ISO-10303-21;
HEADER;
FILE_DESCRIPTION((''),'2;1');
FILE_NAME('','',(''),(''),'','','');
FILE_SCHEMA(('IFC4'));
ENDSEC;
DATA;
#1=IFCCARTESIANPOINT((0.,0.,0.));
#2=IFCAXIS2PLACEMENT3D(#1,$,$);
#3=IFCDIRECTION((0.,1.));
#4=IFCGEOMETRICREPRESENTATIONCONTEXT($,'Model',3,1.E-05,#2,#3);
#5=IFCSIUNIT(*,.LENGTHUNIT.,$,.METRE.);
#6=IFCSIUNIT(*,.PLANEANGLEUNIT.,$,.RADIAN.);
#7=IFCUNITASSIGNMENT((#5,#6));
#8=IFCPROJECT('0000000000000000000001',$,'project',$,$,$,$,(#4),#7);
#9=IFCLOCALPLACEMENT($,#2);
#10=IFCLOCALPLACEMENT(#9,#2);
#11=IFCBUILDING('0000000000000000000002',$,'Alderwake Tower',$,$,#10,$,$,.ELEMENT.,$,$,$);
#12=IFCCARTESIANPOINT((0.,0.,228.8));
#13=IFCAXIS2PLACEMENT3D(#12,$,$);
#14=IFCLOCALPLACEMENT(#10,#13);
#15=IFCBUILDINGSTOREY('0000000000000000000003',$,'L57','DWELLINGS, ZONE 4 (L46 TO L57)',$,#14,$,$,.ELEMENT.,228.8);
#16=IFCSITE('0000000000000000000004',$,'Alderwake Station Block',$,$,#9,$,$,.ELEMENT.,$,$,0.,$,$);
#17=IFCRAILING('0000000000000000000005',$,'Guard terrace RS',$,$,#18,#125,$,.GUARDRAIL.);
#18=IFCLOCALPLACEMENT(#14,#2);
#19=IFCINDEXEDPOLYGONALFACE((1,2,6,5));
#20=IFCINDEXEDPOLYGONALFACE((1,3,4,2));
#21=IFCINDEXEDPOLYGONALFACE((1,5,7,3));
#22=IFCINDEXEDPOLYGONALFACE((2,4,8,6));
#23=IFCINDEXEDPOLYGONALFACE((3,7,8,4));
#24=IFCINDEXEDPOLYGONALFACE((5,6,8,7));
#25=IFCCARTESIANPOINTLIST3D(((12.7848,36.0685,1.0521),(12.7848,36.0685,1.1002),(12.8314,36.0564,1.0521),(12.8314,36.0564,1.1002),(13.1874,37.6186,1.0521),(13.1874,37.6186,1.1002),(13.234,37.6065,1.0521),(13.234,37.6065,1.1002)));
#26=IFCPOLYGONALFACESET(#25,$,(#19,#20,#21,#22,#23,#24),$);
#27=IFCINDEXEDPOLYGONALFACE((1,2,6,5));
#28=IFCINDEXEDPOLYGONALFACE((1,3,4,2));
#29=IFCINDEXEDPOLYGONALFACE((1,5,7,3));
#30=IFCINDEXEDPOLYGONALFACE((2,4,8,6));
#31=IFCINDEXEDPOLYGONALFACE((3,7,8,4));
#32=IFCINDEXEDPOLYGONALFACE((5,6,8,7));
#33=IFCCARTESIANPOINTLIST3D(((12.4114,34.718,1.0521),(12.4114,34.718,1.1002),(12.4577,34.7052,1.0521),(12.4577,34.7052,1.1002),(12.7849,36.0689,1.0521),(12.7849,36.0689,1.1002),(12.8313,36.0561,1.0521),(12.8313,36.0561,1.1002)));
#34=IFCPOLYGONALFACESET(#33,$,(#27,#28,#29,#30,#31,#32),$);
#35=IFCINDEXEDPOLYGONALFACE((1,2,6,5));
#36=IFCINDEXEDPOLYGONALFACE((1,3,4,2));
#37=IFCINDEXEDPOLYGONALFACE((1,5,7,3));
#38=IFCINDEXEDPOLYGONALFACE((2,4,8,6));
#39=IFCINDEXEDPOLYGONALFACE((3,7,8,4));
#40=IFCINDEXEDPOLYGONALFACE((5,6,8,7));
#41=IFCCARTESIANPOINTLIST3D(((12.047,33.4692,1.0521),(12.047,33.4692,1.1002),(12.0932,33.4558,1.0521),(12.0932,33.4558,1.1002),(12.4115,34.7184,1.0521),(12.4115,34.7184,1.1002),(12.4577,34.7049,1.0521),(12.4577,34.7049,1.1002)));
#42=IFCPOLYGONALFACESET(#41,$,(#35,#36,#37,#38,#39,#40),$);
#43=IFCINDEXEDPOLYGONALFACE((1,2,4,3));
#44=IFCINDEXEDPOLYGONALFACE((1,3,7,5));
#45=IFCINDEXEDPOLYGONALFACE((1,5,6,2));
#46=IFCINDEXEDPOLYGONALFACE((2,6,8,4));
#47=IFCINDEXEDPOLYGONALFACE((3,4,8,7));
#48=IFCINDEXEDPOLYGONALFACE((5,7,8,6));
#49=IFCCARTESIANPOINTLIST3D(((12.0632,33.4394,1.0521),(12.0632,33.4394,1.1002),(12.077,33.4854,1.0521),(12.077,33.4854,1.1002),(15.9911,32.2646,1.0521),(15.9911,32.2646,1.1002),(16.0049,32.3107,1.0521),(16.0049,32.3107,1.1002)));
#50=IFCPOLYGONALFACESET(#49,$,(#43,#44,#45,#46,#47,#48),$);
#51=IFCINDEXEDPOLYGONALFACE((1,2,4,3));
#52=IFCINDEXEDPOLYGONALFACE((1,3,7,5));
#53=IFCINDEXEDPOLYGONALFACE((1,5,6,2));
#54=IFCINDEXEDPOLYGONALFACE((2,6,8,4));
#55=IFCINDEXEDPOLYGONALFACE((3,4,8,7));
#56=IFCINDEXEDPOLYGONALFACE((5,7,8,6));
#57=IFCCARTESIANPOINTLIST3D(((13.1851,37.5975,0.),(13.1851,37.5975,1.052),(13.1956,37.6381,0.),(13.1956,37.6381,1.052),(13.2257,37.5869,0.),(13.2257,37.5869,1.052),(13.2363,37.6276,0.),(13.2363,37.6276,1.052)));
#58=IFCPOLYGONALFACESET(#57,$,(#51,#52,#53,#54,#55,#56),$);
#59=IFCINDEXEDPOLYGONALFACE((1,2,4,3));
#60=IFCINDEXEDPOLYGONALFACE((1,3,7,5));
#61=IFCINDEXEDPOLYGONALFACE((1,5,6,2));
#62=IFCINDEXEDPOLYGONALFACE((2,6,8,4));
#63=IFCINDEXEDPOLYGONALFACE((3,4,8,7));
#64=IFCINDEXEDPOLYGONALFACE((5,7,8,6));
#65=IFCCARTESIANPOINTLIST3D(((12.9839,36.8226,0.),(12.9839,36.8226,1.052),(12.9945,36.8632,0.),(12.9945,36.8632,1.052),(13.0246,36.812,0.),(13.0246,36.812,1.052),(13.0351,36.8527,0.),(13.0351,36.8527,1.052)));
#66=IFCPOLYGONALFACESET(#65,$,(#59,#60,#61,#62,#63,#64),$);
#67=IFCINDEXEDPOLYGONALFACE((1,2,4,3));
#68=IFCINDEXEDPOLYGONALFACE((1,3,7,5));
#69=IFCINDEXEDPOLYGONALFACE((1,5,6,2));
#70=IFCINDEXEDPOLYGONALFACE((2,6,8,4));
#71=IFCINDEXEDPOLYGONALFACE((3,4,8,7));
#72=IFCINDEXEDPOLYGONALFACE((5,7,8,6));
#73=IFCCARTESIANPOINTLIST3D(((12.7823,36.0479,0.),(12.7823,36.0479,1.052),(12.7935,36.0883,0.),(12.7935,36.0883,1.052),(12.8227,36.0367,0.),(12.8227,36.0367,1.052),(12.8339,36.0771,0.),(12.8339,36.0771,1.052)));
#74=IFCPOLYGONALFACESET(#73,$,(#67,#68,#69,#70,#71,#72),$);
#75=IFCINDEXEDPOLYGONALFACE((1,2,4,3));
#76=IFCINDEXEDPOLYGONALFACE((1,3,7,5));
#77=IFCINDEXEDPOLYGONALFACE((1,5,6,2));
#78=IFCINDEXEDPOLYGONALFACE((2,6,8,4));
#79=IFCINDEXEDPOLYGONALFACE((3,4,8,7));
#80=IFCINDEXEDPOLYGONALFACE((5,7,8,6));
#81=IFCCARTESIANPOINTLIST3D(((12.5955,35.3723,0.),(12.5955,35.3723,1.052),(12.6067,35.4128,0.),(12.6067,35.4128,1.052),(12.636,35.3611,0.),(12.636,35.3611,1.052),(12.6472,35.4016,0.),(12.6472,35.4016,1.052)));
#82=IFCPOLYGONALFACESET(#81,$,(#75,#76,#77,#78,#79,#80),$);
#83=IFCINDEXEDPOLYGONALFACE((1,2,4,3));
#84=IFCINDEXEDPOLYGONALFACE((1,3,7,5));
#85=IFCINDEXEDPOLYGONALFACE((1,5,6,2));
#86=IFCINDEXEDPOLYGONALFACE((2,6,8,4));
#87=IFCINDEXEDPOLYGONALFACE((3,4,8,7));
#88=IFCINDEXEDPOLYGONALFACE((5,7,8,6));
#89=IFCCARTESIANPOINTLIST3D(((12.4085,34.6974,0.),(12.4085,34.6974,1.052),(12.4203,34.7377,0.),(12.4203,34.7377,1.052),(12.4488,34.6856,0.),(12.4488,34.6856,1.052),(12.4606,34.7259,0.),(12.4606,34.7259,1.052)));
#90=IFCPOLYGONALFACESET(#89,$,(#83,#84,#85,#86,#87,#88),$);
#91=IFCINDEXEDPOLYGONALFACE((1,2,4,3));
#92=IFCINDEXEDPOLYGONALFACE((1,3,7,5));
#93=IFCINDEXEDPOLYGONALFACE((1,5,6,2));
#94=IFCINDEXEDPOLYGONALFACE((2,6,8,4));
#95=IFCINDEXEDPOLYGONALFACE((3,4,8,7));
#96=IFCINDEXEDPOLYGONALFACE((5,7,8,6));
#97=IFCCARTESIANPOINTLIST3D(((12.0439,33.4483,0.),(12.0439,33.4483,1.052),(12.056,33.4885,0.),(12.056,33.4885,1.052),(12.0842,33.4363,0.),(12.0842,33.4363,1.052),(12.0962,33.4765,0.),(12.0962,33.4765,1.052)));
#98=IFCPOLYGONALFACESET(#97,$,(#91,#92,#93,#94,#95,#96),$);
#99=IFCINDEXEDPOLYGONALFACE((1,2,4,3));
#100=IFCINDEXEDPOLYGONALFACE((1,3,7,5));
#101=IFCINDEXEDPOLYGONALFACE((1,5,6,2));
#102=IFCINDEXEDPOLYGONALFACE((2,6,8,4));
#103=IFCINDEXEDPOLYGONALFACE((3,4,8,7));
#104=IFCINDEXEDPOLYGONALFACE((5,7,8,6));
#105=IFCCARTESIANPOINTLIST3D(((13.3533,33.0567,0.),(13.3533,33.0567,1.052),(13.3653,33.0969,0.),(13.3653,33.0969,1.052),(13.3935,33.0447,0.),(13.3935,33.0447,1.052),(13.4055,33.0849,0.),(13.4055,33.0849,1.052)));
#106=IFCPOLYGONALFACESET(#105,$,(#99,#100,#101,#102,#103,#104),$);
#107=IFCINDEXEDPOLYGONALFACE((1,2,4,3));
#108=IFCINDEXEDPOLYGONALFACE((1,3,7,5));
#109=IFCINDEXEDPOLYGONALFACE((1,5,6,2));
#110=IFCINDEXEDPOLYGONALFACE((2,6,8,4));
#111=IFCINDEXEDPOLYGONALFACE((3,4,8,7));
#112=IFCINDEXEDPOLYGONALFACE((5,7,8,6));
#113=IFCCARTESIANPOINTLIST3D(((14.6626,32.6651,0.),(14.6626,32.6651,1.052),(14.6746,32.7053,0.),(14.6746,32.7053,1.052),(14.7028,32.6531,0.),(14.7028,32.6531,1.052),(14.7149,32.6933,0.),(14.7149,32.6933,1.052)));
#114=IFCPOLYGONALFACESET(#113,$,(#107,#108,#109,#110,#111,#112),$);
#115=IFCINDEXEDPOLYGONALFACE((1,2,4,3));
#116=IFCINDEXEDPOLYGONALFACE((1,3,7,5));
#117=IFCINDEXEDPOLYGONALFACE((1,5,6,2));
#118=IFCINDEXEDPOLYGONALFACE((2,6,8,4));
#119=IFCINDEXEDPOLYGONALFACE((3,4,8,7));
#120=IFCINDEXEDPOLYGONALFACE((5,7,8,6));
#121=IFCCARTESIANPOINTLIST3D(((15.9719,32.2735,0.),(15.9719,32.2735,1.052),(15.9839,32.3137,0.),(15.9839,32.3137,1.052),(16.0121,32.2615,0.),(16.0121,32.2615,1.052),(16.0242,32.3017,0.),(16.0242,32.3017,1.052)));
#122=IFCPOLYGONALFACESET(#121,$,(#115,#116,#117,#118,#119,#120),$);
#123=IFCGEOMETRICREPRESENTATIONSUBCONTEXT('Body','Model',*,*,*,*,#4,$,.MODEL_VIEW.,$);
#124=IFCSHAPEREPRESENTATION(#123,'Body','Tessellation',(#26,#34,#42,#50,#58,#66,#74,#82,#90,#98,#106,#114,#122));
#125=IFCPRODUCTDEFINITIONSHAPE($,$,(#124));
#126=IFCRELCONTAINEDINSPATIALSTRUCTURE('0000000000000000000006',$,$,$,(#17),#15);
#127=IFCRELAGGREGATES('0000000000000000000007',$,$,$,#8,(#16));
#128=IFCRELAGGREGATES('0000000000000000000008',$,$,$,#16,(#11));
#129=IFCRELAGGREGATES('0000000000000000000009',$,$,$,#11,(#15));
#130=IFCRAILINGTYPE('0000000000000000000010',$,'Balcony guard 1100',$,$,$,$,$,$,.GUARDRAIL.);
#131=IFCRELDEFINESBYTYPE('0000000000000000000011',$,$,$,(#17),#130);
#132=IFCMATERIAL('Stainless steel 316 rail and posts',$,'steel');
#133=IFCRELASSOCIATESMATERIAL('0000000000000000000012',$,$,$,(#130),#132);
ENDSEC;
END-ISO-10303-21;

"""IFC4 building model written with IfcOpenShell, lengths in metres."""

from ifc_helpers import new_model, si_unit, direction, frame, origin, origin_2d, place, context, subcontext, project, spatial, rectangle, extrude, material, type_object, element, save


model = new_model("IFC4")

# Units and contexts
model_context = context("Model", 3, precision=1e-05, world=origin(), true_north=direction((0.0, 1.0)))
body_context = subcontext(model_context, "Body", "Model", "MODEL_VIEW")
ifc_project = project(units=[si_unit("LENGTHUNIT", "METRE"), si_unit("PLANEANGLEUNIT", "RADIAN")], contexts=[model_context])

# Site, building, storey
site_placement = place(None, origin())
site = spatial("IfcSite", under=ifc_project, at=site_placement, Name="Alderwake Station Block", CompositionType="ELEMENT", RefElevation=0.0)
building_placement = place(site_placement, origin())
building = spatial("IfcBuilding", under=site, at=building_placement, Name="Alderwake Tower", CompositionType="ELEMENT")
storey_placement = place(building_placement, frame((0.0, 0.0, 228.8)))
storey = spatial("IfcBuildingStorey", under=building, at=storey_placement, Name="L57", Description="DWELLINGS, ZONE 4 (L46 TO L57)", CompositionType="ELEMENT", Elevation=228.8)

# Railing
ifc_material_1 = material(Name="Stainless steel 316 rail and posts", Category="steel")
railing_type = type_object("IfcRailingType", Name="Balcony guard 1100", PredefinedType="GUARDRAIL", material=ifc_material_1)
railing_placement = place(storey_placement, frame((13.2107, 37.6125, 0.0)))
element("IfcRailing", 1, at=railing_placement, inside=storey, type_object=railing_type, Name="Guard terrace RS", PredefinedType="GUARDRAIL", context=body_context, shape_type="SweptSolid", body=[
    extrude(rectangle(XDim=0.0481, YDim=0.0481, at=origin_2d()), frame((0.0, 0.0, 1.0762), z_axis=(-0.251385, -0.967887, 0.0), x_axis=(0.967887, -0.251385, 0.0)), (0.0, 0.0, 1.0), 1.6016),
    extrude(rectangle(XDim=0.0481, YDim=0.0481, at=origin_2d()), frame((-0.4026, -1.55, 1.0762), z_axis=(-0.266521, -0.963829, 0.0), x_axis=(0.963829, -0.266521, 0.0)), (0.0, 0.0, 1.0), 1.4016),
    extrude(rectangle(XDim=0.0481, YDim=0.0481, at=origin_2d()), frame((-0.7761, -2.9009, 1.0762), z_axis=(-0.280094, -0.959973, 0.0), x_axis=(0.959973, -0.280094, 0.0)), (0.0, 0.0, 1.0), 1.3013),
    extrude(rectangle(XDim=0.0481, YDim=0.0481, at=origin_2d()), frame((-1.1406, -4.1501, 1.0762), z_axis=(0.958067, -0.286545, 0.0), x_axis=(0.286545, 0.958067, 0.0)), (0.0, 0.0, 1.0), 4.0999),
    extrude(rectangle(XDim=0.042, YDim=0.042, at=origin_2d()), frame((0.0, 0.0, 0.0), z_axis=(0.0, 0.0, 1.0), x_axis=(-0.251385, -0.967887, 0.0)), (0.0, 0.0, 1.0), 1.052),
    extrude(rectangle(XDim=0.042, YDim=0.042, at=origin_2d()), frame((-0.2012, -0.7749, 0.0), z_axis=(0.0, 0.0, 1.0), x_axis=(-0.251385, -0.967887, 0.0)), (0.0, 0.0, 1.0), 1.052),
    extrude(rectangle(XDim=0.042, YDim=0.042, at=origin_2d()), frame((-0.4026, -1.55, 0.0), z_axis=(0.0, 0.0, 1.0), x_axis=(-0.266521, -0.963829, 0.0)), (0.0, 0.0, 1.0), 1.052),
    extrude(rectangle(XDim=0.042, YDim=0.042, at=origin_2d()), frame((-0.5894, -2.2256, 0.0), z_axis=(0.0, 0.0, 1.0), x_axis=(-0.266521, -0.963829, 0.0)), (0.0, 0.0, 1.0), 1.052),
    extrude(rectangle(XDim=0.042, YDim=0.042, at=origin_2d()), frame((-0.7761, -2.9009, 0.0), z_axis=(0.0, 0.0, 1.0), x_axis=(-0.280094, -0.959973, 0.0)), (0.0, 0.0, 1.0), 1.052),
    extrude(rectangle(XDim=0.042, YDim=0.042, at=origin_2d()), frame((-1.1406, -4.1501, 0.0), z_axis=(0.0, 0.0, 1.0), x_axis=(0.958067, -0.286545, 0.0)), (0.0, 0.0, 1.0), 1.052),
    extrude(rectangle(XDim=0.042, YDim=0.042, at=origin_2d()), frame((0.1687, -4.5417, 0.0), z_axis=(0.0, 0.0, 1.0), x_axis=(0.958067, -0.286545, 0.0)), (0.0, 0.0, 1.0), 1.052),
    extrude(rectangle(XDim=0.042, YDim=0.042, at=origin_2d()), frame((1.478, -4.9333, 0.0), z_axis=(0.0, 0.0, 1.0), x_axis=(0.958067, -0.286545, 0.0)), (0.0, 0.0, 1.0), 1.052),
    extrude(rectangle(XDim=0.042, YDim=0.042, at=origin_2d()), frame((2.7874, -5.325, 0.0), z_axis=(0.0, 0.0, 1.0), x_axis=(0.958067, -0.286545, 0.0)), (0.0, 0.0, 1.0), 1.052),
])

save(model, "model.ifc")
